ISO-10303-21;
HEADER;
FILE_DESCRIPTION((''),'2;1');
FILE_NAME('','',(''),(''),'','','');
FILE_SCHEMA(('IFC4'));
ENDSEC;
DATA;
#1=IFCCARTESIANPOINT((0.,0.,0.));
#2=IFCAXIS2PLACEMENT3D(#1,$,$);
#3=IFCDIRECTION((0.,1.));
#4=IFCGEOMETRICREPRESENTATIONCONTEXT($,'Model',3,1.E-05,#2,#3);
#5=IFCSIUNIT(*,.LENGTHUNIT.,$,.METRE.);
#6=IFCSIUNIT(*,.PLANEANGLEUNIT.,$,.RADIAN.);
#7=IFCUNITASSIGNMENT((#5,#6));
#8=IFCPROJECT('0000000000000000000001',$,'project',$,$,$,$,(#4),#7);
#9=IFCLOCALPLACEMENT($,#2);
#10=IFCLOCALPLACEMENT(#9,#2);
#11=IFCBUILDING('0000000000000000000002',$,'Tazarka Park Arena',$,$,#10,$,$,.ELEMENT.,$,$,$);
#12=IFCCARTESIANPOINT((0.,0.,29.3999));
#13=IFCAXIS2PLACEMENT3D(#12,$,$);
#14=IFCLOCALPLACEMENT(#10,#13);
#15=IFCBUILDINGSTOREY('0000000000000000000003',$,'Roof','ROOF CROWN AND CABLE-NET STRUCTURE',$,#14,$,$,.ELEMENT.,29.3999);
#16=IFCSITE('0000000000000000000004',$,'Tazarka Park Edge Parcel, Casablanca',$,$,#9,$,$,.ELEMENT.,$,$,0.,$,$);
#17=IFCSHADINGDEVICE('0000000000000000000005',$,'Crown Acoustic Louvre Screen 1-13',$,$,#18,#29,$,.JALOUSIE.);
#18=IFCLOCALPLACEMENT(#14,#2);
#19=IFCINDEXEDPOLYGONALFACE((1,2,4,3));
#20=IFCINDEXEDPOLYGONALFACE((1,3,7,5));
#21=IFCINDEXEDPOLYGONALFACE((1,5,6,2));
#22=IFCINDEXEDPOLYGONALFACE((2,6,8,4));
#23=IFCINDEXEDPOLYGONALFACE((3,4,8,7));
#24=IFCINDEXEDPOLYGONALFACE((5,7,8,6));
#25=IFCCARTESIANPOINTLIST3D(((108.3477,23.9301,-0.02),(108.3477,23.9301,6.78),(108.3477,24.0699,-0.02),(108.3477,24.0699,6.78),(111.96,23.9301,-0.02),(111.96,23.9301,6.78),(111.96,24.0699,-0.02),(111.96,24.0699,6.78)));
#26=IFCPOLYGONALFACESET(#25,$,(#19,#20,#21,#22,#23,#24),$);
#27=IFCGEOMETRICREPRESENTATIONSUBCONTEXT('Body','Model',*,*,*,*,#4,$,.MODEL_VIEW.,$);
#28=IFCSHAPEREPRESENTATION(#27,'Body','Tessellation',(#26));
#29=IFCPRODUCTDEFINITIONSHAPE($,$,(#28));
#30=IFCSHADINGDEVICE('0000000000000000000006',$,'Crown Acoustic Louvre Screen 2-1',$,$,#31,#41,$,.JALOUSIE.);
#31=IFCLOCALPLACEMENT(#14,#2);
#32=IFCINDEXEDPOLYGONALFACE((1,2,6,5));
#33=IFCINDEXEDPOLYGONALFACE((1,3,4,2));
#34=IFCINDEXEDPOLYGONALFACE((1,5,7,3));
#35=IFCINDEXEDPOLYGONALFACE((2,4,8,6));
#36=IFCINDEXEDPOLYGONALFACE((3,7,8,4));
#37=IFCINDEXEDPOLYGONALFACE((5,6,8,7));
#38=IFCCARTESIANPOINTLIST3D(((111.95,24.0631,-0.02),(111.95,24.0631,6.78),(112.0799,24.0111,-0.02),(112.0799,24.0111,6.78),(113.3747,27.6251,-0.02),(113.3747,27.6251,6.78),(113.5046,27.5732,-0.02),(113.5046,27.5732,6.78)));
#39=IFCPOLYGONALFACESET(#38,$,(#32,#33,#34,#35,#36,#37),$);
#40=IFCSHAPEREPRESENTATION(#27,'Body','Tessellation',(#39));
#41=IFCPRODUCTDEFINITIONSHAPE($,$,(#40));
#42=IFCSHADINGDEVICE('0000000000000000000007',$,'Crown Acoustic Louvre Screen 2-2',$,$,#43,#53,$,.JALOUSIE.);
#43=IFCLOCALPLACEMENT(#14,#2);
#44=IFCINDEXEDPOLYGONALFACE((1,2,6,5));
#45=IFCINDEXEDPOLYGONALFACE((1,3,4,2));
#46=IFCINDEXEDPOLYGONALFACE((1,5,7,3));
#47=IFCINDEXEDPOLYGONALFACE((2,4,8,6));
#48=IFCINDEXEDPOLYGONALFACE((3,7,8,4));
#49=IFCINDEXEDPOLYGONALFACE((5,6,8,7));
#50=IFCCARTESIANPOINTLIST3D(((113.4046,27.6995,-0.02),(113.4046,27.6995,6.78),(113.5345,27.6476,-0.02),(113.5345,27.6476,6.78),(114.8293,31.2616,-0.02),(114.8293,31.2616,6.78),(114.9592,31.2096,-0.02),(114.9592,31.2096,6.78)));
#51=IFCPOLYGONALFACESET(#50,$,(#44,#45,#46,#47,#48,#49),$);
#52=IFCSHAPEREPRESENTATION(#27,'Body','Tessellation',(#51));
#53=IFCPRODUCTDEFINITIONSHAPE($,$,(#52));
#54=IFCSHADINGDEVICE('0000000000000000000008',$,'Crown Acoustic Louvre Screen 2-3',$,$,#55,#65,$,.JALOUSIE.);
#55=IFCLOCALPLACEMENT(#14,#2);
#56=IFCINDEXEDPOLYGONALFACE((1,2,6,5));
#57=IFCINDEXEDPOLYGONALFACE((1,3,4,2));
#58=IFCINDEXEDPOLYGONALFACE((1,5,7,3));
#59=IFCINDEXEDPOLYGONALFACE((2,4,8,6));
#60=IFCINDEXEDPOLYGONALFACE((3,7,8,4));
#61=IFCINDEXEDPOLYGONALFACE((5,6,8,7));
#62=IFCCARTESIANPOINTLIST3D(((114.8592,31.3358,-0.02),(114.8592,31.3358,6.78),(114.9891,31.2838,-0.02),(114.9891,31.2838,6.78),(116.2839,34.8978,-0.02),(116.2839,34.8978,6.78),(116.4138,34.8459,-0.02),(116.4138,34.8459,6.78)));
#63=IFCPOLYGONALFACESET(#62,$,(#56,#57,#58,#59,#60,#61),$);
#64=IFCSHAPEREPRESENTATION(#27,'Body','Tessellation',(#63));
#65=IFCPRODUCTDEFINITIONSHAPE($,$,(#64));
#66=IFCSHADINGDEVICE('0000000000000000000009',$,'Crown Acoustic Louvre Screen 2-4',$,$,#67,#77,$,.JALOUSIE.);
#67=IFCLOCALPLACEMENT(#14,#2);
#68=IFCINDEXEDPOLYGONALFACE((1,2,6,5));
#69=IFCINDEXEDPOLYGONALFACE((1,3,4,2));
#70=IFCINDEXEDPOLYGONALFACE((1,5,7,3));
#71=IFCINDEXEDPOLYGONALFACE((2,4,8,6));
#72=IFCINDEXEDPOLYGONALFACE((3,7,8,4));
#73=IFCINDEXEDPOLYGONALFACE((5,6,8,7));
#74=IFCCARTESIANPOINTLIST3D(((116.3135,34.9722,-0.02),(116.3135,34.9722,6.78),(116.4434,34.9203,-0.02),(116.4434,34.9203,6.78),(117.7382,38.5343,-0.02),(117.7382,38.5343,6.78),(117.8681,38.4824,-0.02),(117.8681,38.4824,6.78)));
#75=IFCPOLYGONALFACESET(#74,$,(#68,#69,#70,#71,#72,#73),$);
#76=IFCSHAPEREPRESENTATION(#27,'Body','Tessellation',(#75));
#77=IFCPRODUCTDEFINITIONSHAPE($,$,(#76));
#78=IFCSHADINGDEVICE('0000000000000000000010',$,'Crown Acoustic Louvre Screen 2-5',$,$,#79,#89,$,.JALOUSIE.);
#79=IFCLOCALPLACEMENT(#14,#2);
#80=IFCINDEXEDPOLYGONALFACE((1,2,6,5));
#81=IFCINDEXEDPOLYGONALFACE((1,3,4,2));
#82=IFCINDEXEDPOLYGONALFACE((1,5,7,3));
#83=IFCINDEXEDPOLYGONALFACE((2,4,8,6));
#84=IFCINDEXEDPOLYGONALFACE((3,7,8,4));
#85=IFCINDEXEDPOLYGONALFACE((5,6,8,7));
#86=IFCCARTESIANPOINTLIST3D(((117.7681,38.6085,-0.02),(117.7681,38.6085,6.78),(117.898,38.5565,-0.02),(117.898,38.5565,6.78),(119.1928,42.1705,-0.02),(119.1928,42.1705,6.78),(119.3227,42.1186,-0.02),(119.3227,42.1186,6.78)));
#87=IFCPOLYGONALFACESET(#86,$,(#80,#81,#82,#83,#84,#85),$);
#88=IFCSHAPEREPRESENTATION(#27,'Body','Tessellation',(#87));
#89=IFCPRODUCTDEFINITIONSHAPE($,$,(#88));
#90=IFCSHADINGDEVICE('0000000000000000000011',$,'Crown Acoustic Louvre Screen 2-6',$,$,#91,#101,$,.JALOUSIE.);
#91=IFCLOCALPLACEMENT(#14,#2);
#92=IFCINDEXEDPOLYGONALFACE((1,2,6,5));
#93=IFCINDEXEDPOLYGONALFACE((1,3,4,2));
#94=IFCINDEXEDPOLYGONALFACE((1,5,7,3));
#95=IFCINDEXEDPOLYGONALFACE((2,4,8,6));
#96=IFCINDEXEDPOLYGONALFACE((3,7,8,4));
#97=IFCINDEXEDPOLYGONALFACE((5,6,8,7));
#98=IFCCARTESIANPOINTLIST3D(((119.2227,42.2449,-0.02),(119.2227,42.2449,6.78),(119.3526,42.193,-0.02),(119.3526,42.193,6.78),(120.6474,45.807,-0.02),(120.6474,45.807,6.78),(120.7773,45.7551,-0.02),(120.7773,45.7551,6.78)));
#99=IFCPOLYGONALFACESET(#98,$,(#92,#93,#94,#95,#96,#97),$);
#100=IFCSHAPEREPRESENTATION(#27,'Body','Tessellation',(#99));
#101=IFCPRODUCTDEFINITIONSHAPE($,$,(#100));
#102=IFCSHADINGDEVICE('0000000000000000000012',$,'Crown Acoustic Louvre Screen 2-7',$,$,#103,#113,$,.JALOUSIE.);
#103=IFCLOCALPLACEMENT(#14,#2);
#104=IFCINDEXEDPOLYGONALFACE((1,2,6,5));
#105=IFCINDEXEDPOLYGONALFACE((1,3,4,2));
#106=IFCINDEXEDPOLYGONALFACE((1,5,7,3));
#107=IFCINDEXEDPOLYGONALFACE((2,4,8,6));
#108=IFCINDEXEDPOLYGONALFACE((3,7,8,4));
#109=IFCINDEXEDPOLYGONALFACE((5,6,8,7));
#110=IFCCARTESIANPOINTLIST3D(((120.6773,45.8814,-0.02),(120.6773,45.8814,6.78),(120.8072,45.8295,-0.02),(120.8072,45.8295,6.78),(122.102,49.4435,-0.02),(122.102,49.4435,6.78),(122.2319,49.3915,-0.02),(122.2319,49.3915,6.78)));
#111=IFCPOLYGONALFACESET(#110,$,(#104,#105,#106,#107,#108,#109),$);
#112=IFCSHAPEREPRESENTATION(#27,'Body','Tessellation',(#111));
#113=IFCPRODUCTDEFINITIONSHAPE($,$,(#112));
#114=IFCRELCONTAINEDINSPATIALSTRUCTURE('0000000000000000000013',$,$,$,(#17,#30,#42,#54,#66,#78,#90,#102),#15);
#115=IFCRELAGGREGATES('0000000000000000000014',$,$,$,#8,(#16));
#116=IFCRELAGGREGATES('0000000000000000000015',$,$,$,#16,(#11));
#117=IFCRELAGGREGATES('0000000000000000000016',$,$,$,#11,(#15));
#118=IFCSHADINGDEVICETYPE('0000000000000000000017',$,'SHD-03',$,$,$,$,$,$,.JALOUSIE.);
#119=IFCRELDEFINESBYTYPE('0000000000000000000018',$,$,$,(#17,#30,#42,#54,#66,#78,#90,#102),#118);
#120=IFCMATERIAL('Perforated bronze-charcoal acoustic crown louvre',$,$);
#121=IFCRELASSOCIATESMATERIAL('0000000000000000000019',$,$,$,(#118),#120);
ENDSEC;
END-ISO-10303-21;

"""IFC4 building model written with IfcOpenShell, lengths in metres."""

from ifc_helpers import new_model, si_unit, direction, frame, origin, origin_2d, place, context, subcontext, project, spatial, rectangle, extrude, material, type_object, element, save


model = new_model("IFC4")

# Units and contexts
model_context = context("Model", 3, precision=1e-05, world=origin(), true_north=direction((0.0, 1.0)))
body_context = subcontext(model_context, "Body", "Model", "MODEL_VIEW")
ifc_project = project(units=[si_unit("LENGTHUNIT", "METRE"), si_unit("PLANEANGLEUNIT", "RADIAN")], contexts=[model_context])

# Site, building, storey
site_placement = place(None, origin())
site = spatial("IfcSite", under=ifc_project, at=site_placement, Name="Tazarka Park Edge Parcel, Casablanca", CompositionType="ELEMENT", RefElevation=0.0)
building_placement = place(site_placement, origin())
building = spatial("IfcBuilding", under=site, at=building_placement, Name="Tazarka Park Arena", CompositionType="ELEMENT")
storey_placement = place(building_placement, frame((0.0, 0.0, 29.3999)))
storey = spatial("IfcBuildingStorey", under=building, at=storey_placement, Name="Roof", Description="ROOF CROWN AND CABLE-NET STRUCTURE", CompositionType="ELEMENT", Elevation=29.3999)

# Shading devices
ifc_material_1 = material(Name="Perforated bronze-charcoal acoustic crown louvre")
shading_device_type = type_object("IfcShadingDeviceType", Name="SHD-03", PredefinedType="JALOUSIE", material=ifc_material_1)
shading_device_placement = place(storey_placement, frame((110.1538, 24.0, -0.02), z_axis=(0.0, 0.0, 1.0), x_axis=(1.0, 0.0, 0.0)))
element("IfcShadingDevice", 1, at=shading_device_placement, inside=storey, type_object=shading_device_type, Name="Crown Acoustic Louvre Screen 1-13", PredefinedType="JALOUSIE", context=body_context, shape_type="SweptSolid", body=[
    extrude(rectangle(XDim=3.6123, YDim=0.1399, at=origin_2d()), origin(), (0.0, 0.0, 1.0), 6.8),
])
for number, where, z_axis, x_axis, name in (
    (2, (112.7273, 25.8181, -0.02), (0.0, 0.0, 1.0), (0.371368, 0.928486, 0.0), "Crown Acoustic Louvre Screen 2-1"),
    (3, (114.1819, 29.4546, -0.02), (0.0, 0.0, 1.0), (0.371368, 0.928486, 0.0), "Crown Acoustic Louvre Screen 2-2"),
    (4, (115.6365, 33.0908, -0.02), (0.0, 0.0, 1.0), (0.371368, 0.928486, 0.0), "Crown Acoustic Louvre Screen 2-3"),
    (5, (117.0908, 36.7273, -0.02), (0.0, 0.0, 1.0), (0.371368, 0.928486, 0.0), "Crown Acoustic Louvre Screen 2-4"),
    (6, (118.5454, 40.3635, -0.02), (0.0, 0.0, 1.0), (0.371368, 0.928486, 0.0), "Crown Acoustic Louvre Screen 2-5"),
    (7, (120.0, 44.0, -0.02), (0.0, 0.0, 1.0), (0.371368, 0.928486, 0.0), "Crown Acoustic Louvre Screen 2-6"),
    (8, (121.4546, 47.6365, -0.02), (0.0, 0.0, 1.0), (0.371368, 0.928486, 0.0), "Crown Acoustic Louvre Screen 2-7"),
):
    element("IfcShadingDevice", number, at=place(storey_placement, frame(where, z_axis=z_axis, x_axis=x_axis)), inside=storey, type_object=shading_device_type, Name=name, PredefinedType="JALOUSIE", context=body_context, shape_type="SweptSolid", body=[
        extrude(rectangle(XDim=3.8364, YDim=0.1399, at=origin_2d()), origin(), (0.0, 0.0, 1.0), 6.8),
    ])

save(model, "model.ifc")
